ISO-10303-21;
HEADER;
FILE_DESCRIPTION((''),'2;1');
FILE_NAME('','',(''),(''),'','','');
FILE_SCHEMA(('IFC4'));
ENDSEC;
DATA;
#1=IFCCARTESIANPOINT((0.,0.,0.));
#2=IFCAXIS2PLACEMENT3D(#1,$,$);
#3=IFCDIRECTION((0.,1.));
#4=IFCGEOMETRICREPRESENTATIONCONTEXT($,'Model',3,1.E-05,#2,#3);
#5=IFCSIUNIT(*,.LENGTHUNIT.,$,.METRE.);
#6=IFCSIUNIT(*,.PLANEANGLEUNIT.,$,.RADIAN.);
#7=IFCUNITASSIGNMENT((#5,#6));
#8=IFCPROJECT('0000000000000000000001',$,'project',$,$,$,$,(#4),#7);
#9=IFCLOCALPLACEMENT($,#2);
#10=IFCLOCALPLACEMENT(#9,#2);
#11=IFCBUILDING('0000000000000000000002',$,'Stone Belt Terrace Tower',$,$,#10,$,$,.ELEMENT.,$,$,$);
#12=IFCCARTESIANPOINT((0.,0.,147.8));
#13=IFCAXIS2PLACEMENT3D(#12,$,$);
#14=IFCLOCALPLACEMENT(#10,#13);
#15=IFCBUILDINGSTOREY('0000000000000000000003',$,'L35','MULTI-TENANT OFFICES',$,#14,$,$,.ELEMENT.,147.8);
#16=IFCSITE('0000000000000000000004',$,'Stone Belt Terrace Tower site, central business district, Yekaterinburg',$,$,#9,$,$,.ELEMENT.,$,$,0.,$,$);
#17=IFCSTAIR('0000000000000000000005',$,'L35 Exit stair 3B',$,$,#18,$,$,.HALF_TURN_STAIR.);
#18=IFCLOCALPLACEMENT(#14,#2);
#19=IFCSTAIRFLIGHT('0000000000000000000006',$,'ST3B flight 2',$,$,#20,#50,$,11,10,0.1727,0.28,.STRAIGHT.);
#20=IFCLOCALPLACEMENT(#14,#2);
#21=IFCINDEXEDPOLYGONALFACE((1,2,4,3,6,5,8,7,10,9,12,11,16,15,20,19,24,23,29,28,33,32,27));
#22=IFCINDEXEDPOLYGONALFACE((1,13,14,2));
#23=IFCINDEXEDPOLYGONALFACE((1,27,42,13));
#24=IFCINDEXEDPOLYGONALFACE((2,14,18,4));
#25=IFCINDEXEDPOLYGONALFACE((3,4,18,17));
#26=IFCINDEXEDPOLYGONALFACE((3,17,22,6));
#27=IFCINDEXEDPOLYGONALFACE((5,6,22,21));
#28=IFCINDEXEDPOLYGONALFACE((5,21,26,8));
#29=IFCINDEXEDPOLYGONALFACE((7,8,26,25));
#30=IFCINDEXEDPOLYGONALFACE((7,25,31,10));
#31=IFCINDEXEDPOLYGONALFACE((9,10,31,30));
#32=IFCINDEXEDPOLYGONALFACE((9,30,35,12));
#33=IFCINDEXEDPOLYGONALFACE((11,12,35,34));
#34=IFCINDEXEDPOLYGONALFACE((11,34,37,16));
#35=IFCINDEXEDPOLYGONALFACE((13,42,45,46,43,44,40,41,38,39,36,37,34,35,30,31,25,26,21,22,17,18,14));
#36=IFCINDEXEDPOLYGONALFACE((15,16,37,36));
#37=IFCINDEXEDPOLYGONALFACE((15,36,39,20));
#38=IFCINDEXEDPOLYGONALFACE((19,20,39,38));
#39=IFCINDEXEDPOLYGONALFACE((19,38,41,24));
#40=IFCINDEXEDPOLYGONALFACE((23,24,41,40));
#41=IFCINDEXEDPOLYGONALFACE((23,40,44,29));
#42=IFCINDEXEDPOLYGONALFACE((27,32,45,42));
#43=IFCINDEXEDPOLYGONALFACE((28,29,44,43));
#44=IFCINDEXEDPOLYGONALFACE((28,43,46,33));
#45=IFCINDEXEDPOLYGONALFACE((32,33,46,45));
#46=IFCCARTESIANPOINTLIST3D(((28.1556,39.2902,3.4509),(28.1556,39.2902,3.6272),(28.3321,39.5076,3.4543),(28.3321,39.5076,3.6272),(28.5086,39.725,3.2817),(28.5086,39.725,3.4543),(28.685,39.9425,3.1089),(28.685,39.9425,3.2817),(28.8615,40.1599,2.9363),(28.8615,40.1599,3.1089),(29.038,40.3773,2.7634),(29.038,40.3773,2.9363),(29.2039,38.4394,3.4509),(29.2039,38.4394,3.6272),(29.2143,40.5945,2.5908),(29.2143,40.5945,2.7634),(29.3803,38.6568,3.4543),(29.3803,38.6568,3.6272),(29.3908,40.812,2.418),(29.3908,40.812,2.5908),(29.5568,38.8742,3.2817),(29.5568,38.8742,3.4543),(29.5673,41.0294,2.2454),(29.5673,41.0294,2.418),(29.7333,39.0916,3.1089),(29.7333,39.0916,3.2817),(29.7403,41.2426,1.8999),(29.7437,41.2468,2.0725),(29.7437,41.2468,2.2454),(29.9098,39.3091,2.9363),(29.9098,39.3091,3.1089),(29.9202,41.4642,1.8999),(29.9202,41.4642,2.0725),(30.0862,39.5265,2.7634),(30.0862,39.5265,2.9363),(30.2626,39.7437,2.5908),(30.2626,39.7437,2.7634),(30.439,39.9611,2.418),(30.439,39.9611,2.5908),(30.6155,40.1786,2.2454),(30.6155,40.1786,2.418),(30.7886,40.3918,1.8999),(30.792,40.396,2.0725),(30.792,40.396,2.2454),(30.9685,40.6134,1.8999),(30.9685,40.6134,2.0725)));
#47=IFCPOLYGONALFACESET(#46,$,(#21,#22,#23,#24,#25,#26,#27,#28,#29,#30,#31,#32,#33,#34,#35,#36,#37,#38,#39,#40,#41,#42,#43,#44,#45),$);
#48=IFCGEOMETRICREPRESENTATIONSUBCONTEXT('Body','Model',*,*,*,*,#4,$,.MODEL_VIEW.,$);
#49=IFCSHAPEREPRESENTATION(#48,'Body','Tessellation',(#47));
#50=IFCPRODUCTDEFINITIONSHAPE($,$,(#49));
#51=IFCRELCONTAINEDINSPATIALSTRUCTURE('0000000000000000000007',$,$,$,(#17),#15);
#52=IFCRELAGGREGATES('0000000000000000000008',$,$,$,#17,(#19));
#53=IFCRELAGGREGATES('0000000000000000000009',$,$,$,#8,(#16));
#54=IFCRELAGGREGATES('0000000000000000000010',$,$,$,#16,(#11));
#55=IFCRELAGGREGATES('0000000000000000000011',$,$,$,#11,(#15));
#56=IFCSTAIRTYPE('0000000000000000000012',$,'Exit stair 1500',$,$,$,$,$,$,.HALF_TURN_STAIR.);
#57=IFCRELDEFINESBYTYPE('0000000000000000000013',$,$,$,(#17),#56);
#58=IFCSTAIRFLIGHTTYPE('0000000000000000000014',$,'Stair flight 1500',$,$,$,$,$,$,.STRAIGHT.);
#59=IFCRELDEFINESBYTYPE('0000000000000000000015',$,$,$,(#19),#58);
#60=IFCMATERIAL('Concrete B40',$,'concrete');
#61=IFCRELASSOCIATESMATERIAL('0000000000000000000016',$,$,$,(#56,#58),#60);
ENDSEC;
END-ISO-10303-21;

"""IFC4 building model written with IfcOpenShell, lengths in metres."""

from ifc_helpers import new_model, si_unit, direction, frame, origin, place, context, subcontext, project, spatial, polyline, outline, extrude, material, type_object, element, aggregate, save


model = new_model("IFC4")

# Units and contexts
model_context = context("Model", 3, precision=1e-05, world=origin(), true_north=direction((0.0, 1.0)))
body_context = subcontext(model_context, "Body", "Model", "MODEL_VIEW")
ifc_project = project(units=[si_unit("LENGTHUNIT", "METRE"), si_unit("PLANEANGLEUNIT", "RADIAN")], contexts=[model_context])

# Site, building, storey
site_placement = place(None, origin())
site = spatial("IfcSite", under=ifc_project, at=site_placement, Name="Stone Belt Terrace Tower site, central business district, Yekaterinburg", CompositionType="ELEMENT", RefElevation=0.0)
building_placement = place(site_placement, origin())
building = spatial("IfcBuilding", under=site, at=building_placement, Name="Stone Belt Terrace Tower", CompositionType="ELEMENT")
storey_placement = place(building_placement, frame((0.0, 0.0, 147.8)))
storey = spatial("IfcBuildingStorey", under=building, at=storey_placement, Name="L35", Description="MULTI-TENANT OFFICES", CompositionType="ELEMENT", Elevation=147.8)

# Stair, stair flight
ifc_material_1 = material(Name="Concrete B40", Category="concrete")
stair_type = type_object("IfcStairType", Name="Exit stair 1500", PredefinedType="HALF_TURN_STAIR", material=ifc_material_1)
stair_placement = place(storey_placement, origin())
stair = element("IfcStair", 1, at=stair_placement, inside=storey, type_object=stair_type, Name="L35 Exit stair 3B", PredefinedType="HALF_TURN_STAIR")
stair_flight_type = type_object("IfcStairFlightType", Name="Stair flight 1500", PredefinedType="STRAIGHT", material=ifc_material_1)
stair_flight_1_placement = place(storey_placement, frame((30.4443, 41.0388, 1.8999), z_axis=(0.0, 0.0, 1.0), x_axis=(-0.630206, -0.776428, 0.0)))
stair_flight_1 = element("IfcStairFlight", 2, at=stair_flight_1_placement, type_object=stair_flight_type, Name="ST3B flight 2", NumberOfRisers=11, NumberOfTreads=10, PredefinedType="STRAIGHT", RiserHeight=0.1727, TreadLength=0.28, context=body_context, shape_type="SweptSolid", body=[
    extrude(outline(polyline([(0.0, 0.0), (0.0, 0.1726), (0.28, 0.1726), (0.28, 0.3455), (0.5601, 0.3455), (0.5601, 0.5181), (0.8401, 0.5181), (0.8401, 0.6909), (1.1201, 0.6909), (1.1201, 0.8635), (1.3999, 0.8635), (1.3999, 1.0364), (1.6799, 1.0364), (1.6799, 1.209), (1.96, 1.209), (1.96, 1.3818), (2.24, 1.3818), (2.24, 1.5544), (2.52, 1.5544), (2.52, 1.7273), (2.8, 1.7273), (2.8, 1.8999), (2.8, 1.551), (0.2854, 0.0), (0.0, 0.0)])), frame((0.0, 0.675, 0.0), z_axis=(0.0, -1.0, 0.0), x_axis=(1.0, 0.0, 0.0)), (0.0, 0.0, 1.0), 1.3501),
])
aggregate(stair, [stair_flight_1])

save(model, "model.ifc")
